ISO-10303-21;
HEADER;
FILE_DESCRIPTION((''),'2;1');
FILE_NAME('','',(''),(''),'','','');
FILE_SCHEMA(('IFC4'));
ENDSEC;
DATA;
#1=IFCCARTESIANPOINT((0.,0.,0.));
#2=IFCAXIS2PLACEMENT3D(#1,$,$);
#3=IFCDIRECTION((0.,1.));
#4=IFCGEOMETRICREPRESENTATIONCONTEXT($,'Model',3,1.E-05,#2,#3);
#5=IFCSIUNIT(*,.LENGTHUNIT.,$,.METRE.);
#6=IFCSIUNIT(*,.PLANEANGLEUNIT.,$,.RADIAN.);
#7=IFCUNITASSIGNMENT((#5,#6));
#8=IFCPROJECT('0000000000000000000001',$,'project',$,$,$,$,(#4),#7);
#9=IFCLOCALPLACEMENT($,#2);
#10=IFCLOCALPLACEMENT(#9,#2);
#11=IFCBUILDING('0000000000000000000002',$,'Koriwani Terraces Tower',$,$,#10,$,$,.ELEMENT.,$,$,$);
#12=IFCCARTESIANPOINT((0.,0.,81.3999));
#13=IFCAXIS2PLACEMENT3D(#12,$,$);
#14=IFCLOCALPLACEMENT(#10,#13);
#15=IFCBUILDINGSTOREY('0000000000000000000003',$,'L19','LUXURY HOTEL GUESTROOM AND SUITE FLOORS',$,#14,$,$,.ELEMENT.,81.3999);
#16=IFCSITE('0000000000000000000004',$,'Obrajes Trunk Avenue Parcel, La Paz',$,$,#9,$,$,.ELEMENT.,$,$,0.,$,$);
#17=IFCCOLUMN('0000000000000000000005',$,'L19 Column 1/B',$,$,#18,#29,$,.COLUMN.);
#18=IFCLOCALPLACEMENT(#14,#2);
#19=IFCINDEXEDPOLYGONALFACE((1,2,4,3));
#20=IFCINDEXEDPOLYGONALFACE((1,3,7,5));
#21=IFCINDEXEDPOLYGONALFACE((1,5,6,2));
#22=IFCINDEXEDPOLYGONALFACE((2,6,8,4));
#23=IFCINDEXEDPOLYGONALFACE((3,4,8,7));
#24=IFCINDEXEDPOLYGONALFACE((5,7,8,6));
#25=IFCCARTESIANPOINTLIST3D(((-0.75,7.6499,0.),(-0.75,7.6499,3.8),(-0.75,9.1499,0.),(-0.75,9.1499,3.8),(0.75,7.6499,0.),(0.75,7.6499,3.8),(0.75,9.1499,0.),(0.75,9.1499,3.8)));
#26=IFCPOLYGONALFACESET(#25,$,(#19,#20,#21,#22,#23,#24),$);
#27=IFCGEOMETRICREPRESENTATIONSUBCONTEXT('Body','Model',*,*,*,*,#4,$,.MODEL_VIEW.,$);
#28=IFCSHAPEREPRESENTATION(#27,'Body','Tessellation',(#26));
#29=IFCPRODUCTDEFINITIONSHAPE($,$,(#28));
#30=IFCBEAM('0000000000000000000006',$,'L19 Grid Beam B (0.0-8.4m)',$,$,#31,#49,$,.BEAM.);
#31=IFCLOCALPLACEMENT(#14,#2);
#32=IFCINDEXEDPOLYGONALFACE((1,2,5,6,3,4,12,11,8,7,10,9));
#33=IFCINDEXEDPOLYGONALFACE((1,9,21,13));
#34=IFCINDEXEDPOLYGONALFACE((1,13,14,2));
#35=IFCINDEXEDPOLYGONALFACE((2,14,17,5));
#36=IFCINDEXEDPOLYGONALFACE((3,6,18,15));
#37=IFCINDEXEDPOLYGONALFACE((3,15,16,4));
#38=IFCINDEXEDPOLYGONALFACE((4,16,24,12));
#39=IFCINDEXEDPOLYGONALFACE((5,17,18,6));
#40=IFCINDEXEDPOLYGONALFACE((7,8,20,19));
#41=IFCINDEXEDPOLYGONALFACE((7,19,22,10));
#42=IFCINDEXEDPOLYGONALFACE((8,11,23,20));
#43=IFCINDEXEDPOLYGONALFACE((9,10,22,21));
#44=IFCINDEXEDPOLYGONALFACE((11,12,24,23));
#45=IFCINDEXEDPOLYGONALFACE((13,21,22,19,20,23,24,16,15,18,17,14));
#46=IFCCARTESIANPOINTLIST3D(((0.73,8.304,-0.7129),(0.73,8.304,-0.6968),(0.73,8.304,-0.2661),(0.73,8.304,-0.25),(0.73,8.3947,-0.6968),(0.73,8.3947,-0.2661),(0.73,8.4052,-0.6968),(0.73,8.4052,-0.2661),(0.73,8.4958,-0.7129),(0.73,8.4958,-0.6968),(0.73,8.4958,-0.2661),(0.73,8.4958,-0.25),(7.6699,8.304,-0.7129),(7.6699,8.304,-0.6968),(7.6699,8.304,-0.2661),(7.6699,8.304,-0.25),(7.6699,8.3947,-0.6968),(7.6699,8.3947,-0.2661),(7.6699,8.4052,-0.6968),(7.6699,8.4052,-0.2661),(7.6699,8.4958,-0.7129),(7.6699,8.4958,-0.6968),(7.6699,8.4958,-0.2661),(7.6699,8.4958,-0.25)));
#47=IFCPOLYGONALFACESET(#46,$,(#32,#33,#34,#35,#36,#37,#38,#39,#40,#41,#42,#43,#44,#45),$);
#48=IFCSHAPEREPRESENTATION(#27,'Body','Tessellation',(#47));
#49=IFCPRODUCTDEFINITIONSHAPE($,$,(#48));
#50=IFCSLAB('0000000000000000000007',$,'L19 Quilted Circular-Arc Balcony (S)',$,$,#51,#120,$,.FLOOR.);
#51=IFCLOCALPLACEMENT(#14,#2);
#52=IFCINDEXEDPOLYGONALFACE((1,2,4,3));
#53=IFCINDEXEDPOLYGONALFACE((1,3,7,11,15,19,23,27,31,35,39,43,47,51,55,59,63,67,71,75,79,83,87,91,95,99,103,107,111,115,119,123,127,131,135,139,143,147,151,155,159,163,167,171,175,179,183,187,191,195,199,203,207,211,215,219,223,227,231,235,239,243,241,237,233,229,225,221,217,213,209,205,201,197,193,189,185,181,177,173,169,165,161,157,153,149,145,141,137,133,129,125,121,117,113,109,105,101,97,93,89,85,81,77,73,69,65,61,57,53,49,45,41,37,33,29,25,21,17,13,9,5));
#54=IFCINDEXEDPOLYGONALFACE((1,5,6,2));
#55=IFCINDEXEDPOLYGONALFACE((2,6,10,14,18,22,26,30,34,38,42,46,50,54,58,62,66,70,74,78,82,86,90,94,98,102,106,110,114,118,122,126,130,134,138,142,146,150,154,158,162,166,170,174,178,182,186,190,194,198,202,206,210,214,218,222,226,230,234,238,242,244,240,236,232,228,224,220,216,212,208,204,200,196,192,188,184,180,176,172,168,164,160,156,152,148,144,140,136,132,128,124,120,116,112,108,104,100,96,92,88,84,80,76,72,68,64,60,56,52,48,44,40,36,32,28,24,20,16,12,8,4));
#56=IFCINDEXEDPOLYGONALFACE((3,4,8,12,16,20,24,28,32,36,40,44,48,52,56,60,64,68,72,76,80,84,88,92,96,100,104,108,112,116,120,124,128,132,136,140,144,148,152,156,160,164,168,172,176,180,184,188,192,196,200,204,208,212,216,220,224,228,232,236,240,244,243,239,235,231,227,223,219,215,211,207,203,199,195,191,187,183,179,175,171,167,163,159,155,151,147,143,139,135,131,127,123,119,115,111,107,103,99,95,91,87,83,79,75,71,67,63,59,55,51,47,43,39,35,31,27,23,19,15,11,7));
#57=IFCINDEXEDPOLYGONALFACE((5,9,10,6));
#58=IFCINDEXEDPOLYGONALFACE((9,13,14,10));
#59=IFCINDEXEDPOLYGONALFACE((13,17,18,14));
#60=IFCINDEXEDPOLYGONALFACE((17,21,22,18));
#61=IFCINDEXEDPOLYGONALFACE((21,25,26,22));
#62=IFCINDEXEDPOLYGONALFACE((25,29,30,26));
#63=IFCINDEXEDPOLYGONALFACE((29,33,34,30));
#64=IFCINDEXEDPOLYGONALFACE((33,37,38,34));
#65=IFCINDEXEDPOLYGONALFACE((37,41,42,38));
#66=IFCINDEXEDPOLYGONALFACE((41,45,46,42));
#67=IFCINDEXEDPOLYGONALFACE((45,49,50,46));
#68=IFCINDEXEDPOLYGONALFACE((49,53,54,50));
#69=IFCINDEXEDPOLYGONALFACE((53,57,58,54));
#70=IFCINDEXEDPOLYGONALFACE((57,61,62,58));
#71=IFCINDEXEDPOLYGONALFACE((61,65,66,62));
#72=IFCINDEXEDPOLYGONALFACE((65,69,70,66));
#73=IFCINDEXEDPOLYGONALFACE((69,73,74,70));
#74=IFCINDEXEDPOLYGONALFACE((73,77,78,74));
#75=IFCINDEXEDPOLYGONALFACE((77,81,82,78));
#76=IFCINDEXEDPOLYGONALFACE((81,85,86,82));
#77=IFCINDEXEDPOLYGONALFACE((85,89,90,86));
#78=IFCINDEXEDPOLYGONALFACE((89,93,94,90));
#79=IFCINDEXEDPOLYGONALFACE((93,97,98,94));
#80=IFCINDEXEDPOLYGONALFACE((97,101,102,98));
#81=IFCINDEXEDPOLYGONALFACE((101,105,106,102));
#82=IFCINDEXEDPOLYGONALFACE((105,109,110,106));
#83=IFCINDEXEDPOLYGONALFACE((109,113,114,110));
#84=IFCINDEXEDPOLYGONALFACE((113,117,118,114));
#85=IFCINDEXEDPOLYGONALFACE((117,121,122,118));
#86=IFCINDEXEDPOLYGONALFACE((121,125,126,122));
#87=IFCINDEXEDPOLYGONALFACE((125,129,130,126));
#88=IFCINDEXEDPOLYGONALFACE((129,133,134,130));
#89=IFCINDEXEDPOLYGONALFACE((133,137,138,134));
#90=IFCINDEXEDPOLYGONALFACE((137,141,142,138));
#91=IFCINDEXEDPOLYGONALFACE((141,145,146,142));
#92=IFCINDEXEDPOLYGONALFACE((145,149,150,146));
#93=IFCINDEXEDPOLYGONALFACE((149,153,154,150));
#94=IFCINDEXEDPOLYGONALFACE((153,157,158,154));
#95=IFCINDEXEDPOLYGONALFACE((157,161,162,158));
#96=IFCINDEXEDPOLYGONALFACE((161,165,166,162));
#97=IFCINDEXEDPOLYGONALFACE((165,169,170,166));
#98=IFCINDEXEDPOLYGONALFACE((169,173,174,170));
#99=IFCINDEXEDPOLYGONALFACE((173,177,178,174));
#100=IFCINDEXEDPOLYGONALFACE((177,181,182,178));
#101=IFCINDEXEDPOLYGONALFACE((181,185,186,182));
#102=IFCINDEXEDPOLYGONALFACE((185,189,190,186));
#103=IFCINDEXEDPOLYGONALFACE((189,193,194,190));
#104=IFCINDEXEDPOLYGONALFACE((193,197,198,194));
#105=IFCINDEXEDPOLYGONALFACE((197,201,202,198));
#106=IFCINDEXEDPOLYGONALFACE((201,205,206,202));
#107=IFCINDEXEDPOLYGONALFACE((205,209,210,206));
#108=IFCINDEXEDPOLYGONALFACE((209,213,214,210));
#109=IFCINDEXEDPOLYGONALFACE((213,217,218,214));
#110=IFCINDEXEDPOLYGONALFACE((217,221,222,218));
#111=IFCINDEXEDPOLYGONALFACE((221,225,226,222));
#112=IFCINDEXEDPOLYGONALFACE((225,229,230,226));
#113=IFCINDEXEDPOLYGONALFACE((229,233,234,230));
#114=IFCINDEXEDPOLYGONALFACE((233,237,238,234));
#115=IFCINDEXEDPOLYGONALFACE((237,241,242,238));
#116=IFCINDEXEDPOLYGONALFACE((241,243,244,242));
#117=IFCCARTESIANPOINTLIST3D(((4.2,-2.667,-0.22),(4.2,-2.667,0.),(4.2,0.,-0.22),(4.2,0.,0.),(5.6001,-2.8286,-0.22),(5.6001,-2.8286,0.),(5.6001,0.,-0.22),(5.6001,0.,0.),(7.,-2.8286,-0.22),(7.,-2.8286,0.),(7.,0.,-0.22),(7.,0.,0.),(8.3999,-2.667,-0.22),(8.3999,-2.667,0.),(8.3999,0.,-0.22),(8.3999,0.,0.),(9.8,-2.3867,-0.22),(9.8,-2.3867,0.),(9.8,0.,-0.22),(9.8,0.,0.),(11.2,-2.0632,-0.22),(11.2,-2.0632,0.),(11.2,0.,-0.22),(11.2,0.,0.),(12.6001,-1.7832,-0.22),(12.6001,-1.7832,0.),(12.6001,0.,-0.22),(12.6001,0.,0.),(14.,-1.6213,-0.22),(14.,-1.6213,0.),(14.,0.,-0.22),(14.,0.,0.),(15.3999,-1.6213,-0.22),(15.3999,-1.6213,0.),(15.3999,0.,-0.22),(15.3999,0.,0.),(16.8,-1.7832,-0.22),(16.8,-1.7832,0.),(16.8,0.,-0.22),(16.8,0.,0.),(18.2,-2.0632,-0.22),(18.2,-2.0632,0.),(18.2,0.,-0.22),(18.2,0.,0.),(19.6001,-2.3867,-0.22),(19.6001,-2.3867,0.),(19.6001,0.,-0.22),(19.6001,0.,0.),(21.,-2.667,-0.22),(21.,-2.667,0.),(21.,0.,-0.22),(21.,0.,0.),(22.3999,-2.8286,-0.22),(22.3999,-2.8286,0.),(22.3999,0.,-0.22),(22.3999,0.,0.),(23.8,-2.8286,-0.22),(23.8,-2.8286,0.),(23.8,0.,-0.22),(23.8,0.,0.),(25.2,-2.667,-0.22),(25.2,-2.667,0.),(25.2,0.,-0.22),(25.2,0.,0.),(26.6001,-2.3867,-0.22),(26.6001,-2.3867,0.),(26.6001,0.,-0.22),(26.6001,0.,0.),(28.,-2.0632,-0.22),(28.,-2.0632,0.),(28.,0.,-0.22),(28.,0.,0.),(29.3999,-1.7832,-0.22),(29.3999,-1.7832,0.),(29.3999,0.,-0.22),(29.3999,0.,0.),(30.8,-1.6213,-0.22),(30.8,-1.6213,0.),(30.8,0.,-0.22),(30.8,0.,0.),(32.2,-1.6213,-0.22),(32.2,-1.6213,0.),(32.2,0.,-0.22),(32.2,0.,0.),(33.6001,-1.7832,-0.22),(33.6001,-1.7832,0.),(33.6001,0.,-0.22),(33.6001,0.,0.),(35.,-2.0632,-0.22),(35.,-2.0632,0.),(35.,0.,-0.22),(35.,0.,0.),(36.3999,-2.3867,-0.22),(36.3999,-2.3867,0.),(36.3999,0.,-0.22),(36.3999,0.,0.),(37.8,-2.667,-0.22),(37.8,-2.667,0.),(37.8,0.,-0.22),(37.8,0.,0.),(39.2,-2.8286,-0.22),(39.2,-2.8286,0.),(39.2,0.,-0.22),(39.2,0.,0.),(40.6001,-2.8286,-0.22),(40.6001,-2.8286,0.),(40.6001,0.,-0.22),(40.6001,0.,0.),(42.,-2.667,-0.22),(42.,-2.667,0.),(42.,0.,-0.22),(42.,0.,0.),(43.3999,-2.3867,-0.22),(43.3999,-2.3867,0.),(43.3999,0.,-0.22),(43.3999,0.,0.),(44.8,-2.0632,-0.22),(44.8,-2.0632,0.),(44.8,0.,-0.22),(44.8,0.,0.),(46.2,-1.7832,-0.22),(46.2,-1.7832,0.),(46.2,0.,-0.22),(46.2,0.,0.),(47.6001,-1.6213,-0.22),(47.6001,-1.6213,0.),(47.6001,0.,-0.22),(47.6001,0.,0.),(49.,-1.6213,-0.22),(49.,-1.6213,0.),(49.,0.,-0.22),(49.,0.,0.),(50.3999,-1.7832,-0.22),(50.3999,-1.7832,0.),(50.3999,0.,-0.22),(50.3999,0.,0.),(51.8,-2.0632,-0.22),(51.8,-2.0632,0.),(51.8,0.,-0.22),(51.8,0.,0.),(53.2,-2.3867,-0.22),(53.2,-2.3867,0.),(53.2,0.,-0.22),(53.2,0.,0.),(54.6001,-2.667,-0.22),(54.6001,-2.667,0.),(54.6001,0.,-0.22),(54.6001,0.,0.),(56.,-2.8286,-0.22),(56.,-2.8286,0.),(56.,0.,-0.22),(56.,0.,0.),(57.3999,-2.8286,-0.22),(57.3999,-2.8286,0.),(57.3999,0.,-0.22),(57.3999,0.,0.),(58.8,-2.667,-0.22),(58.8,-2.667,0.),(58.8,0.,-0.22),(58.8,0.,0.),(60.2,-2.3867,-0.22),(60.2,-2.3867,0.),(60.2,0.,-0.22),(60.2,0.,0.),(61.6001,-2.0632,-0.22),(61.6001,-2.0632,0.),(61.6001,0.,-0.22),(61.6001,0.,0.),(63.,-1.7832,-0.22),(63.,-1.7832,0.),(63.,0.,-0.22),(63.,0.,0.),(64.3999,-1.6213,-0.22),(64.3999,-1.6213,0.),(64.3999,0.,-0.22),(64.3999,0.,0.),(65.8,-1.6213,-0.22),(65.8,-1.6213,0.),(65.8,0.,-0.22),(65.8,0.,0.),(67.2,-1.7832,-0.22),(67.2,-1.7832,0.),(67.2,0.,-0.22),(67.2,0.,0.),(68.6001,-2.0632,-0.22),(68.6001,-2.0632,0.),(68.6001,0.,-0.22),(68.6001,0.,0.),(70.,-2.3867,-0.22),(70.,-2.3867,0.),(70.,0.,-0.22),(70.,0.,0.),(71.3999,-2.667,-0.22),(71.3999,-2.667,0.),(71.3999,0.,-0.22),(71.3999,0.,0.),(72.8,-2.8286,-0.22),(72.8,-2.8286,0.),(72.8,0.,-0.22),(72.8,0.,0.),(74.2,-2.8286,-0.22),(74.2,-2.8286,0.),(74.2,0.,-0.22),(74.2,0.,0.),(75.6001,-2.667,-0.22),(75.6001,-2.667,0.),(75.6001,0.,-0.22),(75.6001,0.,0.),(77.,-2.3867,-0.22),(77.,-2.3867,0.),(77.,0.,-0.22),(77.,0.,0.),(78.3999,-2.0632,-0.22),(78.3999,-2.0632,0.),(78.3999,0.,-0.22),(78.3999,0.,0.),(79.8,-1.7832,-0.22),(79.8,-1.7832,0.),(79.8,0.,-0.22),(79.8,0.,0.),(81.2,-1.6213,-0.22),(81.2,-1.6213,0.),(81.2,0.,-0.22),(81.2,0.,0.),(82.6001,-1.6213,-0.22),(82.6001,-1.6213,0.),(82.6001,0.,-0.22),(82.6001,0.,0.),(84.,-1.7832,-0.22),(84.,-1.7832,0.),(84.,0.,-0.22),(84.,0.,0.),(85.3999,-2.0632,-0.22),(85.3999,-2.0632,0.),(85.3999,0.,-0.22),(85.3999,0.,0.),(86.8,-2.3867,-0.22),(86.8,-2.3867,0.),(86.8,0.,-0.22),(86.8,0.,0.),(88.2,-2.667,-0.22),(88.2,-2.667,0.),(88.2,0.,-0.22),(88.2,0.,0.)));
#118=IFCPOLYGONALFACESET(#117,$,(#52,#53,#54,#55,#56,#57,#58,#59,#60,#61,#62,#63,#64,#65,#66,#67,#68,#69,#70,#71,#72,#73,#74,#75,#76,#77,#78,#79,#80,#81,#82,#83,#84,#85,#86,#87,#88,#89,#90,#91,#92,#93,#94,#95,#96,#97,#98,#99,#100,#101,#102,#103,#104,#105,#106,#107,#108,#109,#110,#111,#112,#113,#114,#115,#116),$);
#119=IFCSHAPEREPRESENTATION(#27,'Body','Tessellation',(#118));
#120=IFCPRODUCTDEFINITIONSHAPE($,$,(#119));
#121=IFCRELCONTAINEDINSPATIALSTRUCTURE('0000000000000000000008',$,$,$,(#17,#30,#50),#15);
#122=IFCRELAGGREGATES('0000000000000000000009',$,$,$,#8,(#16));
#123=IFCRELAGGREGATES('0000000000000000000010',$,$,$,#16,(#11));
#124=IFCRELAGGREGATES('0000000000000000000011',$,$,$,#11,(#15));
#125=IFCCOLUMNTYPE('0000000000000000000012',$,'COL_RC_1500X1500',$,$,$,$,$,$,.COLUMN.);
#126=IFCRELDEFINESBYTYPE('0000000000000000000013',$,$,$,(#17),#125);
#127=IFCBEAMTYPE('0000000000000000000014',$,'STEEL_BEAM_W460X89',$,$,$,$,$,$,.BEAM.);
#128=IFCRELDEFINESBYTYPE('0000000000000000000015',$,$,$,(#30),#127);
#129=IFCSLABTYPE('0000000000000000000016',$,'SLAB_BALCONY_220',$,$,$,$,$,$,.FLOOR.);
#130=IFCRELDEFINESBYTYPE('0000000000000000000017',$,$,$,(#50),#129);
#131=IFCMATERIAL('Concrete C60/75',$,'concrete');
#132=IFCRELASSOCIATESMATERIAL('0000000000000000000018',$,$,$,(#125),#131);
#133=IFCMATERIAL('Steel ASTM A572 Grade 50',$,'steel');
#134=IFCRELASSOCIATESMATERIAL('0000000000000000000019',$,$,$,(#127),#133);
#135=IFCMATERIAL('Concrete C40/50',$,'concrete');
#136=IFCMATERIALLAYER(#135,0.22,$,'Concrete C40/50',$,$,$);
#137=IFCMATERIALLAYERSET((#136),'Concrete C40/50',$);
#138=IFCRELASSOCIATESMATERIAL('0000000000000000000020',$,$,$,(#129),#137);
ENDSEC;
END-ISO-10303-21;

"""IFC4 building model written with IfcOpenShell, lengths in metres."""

from ifc_helpers import new_model, si_unit, direction, frame, origin, origin_2d, place, context, subcontext, project, spatial, polyline, rectangle, i_section, outline, extrude, material, layer, layer_set, material_profile, profile_set, type_object, element, save


model = new_model("IFC4")

# Units and contexts
model_context = context("Model", 3, precision=1e-05, world=origin(), true_north=direction((0.0, 1.0)))
body_context = subcontext(model_context, "Body", "Model", "MODEL_VIEW")
ifc_project = project(units=[si_unit("LENGTHUNIT", "METRE"), si_unit("PLANEANGLEUNIT", "RADIAN")], contexts=[model_context])

# Site, building, storey
site_placement = place(None, origin())
site = spatial("IfcSite", under=ifc_project, at=site_placement, Name="Obrajes Trunk Avenue Parcel, La Paz", CompositionType="ELEMENT", RefElevation=0.0)
building_placement = place(site_placement, origin())
building = spatial("IfcBuilding", under=site, at=building_placement, Name="Koriwani Terraces Tower", CompositionType="ELEMENT")
storey_placement = place(building_placement, frame((0.0, 0.0, 81.3999)))
storey = spatial("IfcBuildingStorey", under=building, at=storey_placement, Name="L19", Description="LUXURY HOTEL GUESTROOM AND SUITE FLOORS", CompositionType="ELEMENT", Elevation=81.3999)

# Column
ifc_material_1 = material(Name="Concrete C60/75", Category="concrete")
ifc_material_profile_1 = material_profile(ifc_material_1, rectangle(XDim=1.5, YDim=1.5, at=origin_2d()), Name="Concrete C60/75", Category="LoadBearing")
ifc_profile_set_1 = profile_set([ifc_material_profile_1], Name="Concrete C60/75")
column_type = type_object("IfcColumnType", Name="COL_RC_1500X1500", PredefinedType="COLUMN", material=ifc_profile_set_1)
column_placement = place(storey_placement, frame((0.0, 8.3999, 0.0), z_axis=(0.0, 0.0, 1.0), x_axis=(1.0, 0.0, 0.0)))
element("IfcColumn", 1, at=column_placement, inside=storey, type_object=column_type, Name="L19 Column 1/B", PredefinedType="COLUMN", context=body_context, shape_type="SweptSolid", body=[
    extrude(rectangle(XDim=1.5, YDim=1.5, at=origin_2d()), origin(), (0.0, 0.0, 1.0), 3.8),
])

# Beam
ifc_material_2 = material(Name="Steel ASTM A572 Grade 50", Category="steel")
ifc_material_profile_2 = material_profile(ifc_material_2, i_section(OverallWidth=0.1919, OverallDepth=0.4629, WebThickness=0.0105, FlangeThickness=0.0161, at=origin_2d()), Name="Steel ASTM A572 Grade 50", Category="LoadBearing")
ifc_profile_set_2 = profile_set([ifc_material_profile_2], Name="Steel ASTM A572 Grade 50")
beam_type = type_object("IfcBeamType", Name="STEEL_BEAM_W460X89", PredefinedType="BEAM", material=ifc_profile_set_2)
beam_placement = place(storey_placement, frame((0.73, 8.3999, -0.4814), z_axis=(1.0, 0.0, 0.0), x_axis=(0.0, 1.0, 0.0)))
element("IfcBeam", 2, at=beam_placement, inside=storey, type_object=beam_type, Name="L19 Grid Beam B (0.0-8.4m)", PredefinedType="BEAM", context=body_context, shape_type="SweptSolid", body=[
    extrude(i_section(OverallWidth=0.1919, OverallDepth=0.4629, WebThickness=0.0105, FlangeThickness=0.0161, at=origin_2d()), origin(), (0.0, 0.0, 1.0), 6.9399),
])

# Slab
ifc_material_3 = material(Name="Concrete C40/50", Category="concrete")
ifc_layer_1 = layer(ifc_material_3, 0.22, Name="Concrete C40/50")
ifc_layer_set_1 = layer_set([ifc_layer_1], Name="Concrete C40/50")
slab_type_1 = type_object("IfcSlabType", Name="SLAB_BALCONY_220", PredefinedType="FLOOR", material=ifc_layer_set_1)
slab_1_placement = place(storey_placement, frame((0.0, 0.0, -0.22)))
element("IfcSlab", 3, at=slab_1_placement, inside=storey, type_object=slab_type_1, Name="L19 Quilted Circular-Arc Balcony (S)", PredefinedType="FLOOR", context=body_context, shape_type="SweptSolid", body=[
    extrude(outline(polyline([(4.2, 0.0), (5.6001, 0.0), (7.0, 0.0), (8.3999, 0.0), (9.8, 0.0), (11.2, 0.0), (12.6001, 0.0), (14.0, 0.0), (15.3999, 0.0), (16.8, 0.0), (18.2, 0.0), (19.6001, 0.0), (21.0, 0.0), (22.3999, 0.0), (23.8, 0.0), (25.2, 0.0), (26.6001, 0.0), (28.0, 0.0), (29.3999, 0.0), (30.8, 0.0), (32.2, 0.0), (33.6001, 0.0), (35.0, 0.0), (36.3999, 0.0), (37.8, 0.0), (39.2, 0.0), (40.6001, 0.0), (42.0, 0.0), (43.3999, 0.0), (44.8, 0.0), (46.2, 0.0), (47.6001, 0.0), (49.0, 0.0), (50.3999, 0.0), (51.8, 0.0), (53.2, 0.0), (54.6001, 0.0), (56.0, 0.0), (57.3999, 0.0), (58.8, 0.0), (60.2, 0.0), (61.6001, 0.0), (63.0, 0.0), (64.3999, 0.0), (65.8, 0.0), (67.2, 0.0), (68.6001, 0.0), (70.0, 0.0), (71.3999, 0.0), (72.8, 0.0), (74.2, 0.0), (75.6001, 0.0), (77.0, 0.0), (78.3999, 0.0), (79.8, 0.0), (81.2, 0.0), (82.6001, 0.0), (84.0, 0.0), (85.3999, 0.0), (86.8, 0.0), (88.2, 0.0), (88.2, -2.667), (86.8, -2.3867), (85.3999, -2.0632), (84.0, -1.7832), (82.6001, -1.6213), (81.2, -1.6213), (79.8, -1.7832), (78.3999, -2.0632), (77.0, -2.3867), (75.6001, -2.667), (74.2, -2.8286), (72.8, -2.8286), (71.3999, -2.667), (70.0, -2.3867), (68.6001, -2.0632), (67.2, -1.7832), (65.8, -1.6213), (64.3999, -1.6213), (63.0, -1.7832), (61.6001, -2.0632), (60.2, -2.3867), (58.8, -2.667), (57.3999, -2.8286), (56.0, -2.8286), (54.6001, -2.667), (53.2, -2.3867), (51.8, -2.0632), (50.3999, -1.7832), (49.0, -1.6213), (47.6001, -1.6213), (46.2, -1.7832), (44.8, -2.0632), (43.3999, -2.3867), (42.0, -2.667), (40.6001, -2.8286), (39.2, -2.8286), (37.8, -2.667), (36.3999, -2.3867), (35.0, -2.0632), (33.6001, -1.7832), (32.2, -1.6213), (30.8, -1.6213), (29.3999, -1.7832), (28.0, -2.0632), (26.6001, -2.3867), (25.2, -2.667), (23.8, -2.8286), (22.3999, -2.8286), (21.0, -2.667), (19.6001, -2.3867), (18.2, -2.0632), (16.8, -1.7832), (15.3999, -1.6213), (14.0, -1.6213), (12.6001, -1.7832), (11.2, -2.0632), (9.8, -2.3867), (8.3999, -2.667), (7.0, -2.8286), (5.6001, -2.8286), (4.2, -2.667), (4.2, 0.0)])), origin(), (0.0, 0.0, 1.0), 0.22),
])

save(model, "model.ifc")
